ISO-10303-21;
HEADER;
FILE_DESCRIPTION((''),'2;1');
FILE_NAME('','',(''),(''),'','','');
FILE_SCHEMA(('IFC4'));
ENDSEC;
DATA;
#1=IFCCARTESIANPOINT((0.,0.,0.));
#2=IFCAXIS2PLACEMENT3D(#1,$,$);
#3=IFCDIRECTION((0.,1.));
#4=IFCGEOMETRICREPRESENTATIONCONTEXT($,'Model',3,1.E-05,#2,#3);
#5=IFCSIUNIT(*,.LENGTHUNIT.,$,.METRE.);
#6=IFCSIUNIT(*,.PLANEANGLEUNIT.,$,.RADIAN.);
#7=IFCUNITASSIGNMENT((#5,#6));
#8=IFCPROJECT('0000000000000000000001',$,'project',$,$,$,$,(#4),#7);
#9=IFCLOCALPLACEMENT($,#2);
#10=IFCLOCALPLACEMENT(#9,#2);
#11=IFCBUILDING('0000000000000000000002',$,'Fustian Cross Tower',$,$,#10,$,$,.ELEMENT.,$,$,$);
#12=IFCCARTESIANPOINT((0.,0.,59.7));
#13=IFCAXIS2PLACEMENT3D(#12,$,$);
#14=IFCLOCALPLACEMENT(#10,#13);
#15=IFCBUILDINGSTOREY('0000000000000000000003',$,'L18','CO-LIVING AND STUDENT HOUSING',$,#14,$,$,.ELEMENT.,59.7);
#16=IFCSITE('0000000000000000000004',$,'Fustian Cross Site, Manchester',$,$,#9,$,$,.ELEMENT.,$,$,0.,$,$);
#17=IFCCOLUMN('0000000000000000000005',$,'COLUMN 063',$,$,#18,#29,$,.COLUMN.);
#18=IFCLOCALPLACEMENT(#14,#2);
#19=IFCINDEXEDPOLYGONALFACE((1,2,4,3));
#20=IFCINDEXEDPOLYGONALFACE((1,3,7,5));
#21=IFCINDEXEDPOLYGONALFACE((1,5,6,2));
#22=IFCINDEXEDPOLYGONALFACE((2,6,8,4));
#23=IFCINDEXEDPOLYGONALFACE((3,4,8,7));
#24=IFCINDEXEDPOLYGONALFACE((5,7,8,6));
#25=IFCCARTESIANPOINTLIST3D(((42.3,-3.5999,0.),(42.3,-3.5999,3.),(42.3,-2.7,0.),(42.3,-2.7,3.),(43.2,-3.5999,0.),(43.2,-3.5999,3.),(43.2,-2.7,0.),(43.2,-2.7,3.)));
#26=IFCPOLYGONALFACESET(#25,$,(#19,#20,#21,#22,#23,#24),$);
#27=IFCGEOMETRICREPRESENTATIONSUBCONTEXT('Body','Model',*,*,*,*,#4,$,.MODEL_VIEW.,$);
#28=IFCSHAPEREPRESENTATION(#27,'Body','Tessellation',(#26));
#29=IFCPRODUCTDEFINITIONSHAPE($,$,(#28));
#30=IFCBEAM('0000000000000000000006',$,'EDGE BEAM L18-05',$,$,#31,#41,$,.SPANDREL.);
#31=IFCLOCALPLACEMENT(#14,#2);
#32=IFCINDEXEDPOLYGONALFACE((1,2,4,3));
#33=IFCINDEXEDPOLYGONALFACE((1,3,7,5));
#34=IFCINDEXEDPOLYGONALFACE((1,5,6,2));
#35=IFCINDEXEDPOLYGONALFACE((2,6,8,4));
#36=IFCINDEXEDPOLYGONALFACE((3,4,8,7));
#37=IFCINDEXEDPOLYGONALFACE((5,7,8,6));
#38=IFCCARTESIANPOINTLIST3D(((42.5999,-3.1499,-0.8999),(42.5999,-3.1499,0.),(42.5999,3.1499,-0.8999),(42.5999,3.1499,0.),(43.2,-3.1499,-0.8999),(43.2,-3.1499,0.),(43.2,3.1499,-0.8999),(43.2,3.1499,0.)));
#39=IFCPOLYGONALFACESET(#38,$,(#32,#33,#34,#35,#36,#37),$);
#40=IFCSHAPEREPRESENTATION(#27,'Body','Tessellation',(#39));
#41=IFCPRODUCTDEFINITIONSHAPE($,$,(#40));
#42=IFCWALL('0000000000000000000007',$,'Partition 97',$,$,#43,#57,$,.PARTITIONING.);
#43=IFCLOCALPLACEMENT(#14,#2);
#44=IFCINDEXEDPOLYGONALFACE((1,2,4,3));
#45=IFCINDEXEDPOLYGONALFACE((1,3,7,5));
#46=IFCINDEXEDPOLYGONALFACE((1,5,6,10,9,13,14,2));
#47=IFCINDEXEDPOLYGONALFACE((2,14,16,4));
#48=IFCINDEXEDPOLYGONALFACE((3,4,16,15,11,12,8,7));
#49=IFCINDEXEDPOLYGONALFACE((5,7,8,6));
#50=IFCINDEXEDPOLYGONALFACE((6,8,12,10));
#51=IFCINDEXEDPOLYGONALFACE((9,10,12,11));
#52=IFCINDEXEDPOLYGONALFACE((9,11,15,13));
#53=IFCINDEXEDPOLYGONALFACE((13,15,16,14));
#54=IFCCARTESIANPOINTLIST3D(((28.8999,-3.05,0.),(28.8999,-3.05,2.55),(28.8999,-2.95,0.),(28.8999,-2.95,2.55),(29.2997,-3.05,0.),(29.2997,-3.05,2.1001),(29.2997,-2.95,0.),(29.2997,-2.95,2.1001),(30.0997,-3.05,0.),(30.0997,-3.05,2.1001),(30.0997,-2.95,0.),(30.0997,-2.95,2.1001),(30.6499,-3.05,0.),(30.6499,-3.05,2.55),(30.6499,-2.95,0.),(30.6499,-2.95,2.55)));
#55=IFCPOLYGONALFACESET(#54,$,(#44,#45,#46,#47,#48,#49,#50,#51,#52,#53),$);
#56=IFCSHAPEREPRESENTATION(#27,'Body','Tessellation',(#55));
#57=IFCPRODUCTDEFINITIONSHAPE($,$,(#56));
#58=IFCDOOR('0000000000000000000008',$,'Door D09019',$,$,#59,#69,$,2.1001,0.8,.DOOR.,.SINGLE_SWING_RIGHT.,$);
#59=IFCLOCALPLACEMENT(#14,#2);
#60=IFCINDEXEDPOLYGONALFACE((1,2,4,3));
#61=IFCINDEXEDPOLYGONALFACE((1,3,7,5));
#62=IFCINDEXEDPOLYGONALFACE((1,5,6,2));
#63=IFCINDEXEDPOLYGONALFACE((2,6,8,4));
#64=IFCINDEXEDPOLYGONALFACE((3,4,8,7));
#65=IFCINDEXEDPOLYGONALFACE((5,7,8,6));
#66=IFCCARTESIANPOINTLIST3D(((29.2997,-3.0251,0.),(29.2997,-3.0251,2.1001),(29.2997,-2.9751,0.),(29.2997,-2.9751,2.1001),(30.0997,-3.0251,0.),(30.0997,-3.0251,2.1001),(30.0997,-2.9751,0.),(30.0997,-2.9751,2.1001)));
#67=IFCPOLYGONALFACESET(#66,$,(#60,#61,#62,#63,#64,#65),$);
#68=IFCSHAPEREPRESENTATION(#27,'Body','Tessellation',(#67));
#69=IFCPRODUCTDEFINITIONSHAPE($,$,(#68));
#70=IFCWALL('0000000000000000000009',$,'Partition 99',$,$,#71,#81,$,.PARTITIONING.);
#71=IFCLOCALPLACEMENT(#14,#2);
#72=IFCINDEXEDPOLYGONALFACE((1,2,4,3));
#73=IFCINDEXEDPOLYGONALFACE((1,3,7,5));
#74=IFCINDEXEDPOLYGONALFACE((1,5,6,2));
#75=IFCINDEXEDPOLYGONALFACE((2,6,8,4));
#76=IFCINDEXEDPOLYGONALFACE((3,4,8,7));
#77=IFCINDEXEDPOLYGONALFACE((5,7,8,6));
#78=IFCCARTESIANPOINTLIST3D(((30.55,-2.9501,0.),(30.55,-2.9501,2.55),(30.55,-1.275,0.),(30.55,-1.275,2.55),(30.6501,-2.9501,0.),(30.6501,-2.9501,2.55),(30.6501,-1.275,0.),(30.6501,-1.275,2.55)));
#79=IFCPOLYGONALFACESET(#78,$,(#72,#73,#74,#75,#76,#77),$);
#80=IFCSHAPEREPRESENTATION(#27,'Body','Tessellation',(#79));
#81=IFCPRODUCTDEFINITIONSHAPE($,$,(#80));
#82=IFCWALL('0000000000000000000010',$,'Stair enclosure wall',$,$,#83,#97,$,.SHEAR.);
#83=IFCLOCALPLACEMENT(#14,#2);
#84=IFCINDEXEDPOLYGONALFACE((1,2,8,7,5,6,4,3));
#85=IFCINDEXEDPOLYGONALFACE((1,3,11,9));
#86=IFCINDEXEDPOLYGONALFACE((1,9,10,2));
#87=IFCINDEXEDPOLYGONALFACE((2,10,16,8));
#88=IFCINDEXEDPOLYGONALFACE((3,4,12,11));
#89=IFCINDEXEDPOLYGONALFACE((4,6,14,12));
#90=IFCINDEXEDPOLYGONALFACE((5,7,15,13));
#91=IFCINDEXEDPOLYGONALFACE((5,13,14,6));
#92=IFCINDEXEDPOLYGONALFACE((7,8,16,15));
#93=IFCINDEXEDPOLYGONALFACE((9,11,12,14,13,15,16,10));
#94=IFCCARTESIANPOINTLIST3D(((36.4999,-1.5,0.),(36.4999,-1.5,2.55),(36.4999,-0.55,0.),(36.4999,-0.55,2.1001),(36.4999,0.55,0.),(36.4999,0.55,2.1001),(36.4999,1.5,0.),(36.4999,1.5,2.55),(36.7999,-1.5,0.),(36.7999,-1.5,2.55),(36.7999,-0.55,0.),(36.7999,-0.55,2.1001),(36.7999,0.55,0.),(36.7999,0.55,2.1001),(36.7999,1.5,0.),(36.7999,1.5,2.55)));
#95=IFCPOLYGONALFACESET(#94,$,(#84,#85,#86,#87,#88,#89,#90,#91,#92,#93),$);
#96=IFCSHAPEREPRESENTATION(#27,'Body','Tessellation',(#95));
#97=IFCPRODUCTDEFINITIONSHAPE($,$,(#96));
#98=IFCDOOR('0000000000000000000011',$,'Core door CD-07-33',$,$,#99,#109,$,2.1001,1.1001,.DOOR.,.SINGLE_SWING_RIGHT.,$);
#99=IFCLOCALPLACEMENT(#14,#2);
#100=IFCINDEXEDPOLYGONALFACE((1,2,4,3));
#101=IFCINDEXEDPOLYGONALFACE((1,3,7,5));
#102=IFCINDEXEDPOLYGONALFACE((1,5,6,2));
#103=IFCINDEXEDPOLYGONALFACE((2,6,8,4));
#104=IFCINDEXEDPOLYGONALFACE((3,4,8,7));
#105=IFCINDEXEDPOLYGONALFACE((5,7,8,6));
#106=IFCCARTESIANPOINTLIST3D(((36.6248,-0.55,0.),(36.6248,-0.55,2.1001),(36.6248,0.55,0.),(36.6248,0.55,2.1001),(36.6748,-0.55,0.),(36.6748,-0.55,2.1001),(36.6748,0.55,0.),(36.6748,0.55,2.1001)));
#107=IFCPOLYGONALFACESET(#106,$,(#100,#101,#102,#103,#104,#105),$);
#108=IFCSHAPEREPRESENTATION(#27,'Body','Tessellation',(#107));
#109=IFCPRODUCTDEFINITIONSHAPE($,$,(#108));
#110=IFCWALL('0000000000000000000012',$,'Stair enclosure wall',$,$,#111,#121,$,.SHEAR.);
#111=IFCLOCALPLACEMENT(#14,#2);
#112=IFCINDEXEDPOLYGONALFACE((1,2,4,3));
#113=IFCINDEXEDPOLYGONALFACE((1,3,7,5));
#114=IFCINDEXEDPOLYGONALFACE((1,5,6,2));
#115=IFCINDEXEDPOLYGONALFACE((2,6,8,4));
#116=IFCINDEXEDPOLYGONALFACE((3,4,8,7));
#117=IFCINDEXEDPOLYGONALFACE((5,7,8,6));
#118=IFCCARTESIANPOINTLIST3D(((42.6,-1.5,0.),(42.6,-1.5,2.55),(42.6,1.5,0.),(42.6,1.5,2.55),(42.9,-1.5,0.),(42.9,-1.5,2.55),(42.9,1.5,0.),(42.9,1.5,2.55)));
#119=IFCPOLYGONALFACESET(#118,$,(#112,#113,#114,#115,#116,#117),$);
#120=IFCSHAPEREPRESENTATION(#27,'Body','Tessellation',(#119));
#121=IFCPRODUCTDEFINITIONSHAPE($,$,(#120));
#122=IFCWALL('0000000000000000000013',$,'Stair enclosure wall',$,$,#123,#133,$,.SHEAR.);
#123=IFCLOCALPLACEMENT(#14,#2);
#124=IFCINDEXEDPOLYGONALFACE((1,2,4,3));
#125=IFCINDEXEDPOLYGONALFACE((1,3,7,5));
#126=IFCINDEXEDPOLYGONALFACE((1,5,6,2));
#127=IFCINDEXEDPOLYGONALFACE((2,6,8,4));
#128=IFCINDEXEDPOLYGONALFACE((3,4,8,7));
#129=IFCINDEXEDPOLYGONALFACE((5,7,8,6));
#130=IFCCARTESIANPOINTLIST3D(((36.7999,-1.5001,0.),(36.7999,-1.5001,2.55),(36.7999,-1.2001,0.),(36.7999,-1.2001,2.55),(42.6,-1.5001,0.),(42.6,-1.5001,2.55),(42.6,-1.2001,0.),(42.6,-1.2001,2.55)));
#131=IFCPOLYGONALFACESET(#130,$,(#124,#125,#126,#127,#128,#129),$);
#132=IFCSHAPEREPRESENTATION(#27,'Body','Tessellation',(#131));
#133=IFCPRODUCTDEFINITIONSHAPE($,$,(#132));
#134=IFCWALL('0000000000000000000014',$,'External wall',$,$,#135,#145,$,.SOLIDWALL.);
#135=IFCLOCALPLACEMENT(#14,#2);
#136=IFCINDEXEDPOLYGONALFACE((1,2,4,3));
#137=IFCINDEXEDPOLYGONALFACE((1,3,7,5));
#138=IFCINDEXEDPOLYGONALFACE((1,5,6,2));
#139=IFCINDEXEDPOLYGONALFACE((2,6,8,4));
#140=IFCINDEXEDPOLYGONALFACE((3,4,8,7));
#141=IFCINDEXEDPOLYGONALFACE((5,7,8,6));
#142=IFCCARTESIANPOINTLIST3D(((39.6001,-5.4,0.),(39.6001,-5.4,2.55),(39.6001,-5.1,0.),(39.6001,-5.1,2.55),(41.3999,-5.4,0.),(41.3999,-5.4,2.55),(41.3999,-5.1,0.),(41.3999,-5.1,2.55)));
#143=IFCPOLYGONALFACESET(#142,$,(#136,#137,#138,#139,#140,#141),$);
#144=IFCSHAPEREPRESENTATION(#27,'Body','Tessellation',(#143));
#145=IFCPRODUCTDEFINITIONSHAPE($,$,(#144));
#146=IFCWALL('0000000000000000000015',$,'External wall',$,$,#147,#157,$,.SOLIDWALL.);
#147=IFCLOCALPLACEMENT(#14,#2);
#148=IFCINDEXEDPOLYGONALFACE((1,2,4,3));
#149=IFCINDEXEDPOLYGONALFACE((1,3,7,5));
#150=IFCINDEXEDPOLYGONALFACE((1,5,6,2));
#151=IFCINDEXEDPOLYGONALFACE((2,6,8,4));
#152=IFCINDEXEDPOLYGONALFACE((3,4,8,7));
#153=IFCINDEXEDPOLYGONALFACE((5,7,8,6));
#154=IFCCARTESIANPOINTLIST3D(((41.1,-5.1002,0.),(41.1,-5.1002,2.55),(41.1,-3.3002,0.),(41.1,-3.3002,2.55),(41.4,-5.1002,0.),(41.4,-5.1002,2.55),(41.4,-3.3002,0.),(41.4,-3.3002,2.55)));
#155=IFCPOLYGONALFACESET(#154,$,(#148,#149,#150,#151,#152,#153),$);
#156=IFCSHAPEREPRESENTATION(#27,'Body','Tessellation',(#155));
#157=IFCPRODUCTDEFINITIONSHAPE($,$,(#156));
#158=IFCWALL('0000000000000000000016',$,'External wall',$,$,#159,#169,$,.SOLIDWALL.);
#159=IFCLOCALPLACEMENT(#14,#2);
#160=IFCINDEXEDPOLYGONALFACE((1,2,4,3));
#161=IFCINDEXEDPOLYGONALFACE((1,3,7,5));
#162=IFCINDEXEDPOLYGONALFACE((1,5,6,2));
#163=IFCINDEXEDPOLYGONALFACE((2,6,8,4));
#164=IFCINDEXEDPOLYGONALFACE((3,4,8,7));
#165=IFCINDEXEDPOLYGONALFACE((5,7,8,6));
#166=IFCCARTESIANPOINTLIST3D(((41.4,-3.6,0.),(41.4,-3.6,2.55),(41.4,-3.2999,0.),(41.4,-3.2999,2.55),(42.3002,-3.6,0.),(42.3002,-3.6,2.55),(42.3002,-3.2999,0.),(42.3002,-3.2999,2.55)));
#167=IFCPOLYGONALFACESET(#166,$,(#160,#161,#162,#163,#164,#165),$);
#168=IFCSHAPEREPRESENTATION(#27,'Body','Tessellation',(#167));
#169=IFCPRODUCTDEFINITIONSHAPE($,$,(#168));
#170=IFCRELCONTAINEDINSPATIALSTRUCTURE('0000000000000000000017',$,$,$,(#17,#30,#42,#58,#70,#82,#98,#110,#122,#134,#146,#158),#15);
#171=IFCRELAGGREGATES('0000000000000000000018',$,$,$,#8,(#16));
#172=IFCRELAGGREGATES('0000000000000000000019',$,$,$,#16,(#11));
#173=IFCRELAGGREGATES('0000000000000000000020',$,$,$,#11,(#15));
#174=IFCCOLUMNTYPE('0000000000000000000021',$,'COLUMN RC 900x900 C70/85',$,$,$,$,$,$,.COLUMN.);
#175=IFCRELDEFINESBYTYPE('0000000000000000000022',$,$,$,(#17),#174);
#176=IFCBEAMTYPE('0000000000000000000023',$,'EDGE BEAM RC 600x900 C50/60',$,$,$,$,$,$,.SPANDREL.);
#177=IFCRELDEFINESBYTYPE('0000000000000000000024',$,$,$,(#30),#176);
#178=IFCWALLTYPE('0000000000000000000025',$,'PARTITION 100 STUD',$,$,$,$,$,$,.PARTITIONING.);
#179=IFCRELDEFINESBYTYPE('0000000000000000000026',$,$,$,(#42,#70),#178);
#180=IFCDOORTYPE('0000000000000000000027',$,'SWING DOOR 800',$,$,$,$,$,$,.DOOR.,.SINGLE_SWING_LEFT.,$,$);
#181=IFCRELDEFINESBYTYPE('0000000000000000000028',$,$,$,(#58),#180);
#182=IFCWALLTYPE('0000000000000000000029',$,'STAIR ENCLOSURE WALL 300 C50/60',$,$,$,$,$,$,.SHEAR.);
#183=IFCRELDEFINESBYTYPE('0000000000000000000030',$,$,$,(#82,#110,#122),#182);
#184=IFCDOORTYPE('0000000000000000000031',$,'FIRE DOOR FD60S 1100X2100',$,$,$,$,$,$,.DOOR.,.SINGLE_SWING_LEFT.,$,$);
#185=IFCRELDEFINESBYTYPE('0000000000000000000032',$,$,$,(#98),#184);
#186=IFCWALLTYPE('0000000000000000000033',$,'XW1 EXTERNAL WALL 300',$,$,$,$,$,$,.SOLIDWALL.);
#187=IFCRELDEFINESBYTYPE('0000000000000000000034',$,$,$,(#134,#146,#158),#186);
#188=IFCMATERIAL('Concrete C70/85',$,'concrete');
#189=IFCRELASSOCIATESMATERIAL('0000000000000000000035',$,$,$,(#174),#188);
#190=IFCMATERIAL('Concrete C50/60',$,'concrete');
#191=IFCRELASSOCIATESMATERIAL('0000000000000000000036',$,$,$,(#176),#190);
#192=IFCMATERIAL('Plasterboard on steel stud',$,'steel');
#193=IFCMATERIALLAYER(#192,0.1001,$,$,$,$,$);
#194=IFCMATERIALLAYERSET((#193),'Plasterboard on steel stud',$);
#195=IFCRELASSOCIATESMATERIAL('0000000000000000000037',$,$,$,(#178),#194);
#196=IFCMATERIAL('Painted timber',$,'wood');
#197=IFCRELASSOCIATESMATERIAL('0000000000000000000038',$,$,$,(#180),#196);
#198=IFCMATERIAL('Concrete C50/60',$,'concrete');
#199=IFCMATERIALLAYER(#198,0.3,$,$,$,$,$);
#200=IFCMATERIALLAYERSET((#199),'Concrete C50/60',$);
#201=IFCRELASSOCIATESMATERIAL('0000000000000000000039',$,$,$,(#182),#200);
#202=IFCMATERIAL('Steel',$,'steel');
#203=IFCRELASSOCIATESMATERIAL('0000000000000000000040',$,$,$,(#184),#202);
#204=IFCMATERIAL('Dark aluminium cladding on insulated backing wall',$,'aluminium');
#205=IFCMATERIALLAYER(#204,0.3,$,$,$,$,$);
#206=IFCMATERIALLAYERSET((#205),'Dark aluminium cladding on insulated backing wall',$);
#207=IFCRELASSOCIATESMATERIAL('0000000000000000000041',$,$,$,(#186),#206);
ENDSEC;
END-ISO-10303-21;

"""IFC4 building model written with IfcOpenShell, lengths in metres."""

from ifc_helpers import new_model, si_unit, direction, frame, frame_2d, origin, origin_2d, place, context, subcontext, project, spatial, rectangle, extrude, material, layer, layer_set, material_profile, profile_set, type_object, element, fill, save


model = new_model("IFC4")

# Units and contexts
model_context = context("Model", 3, precision=1e-05, world=origin(), true_north=direction((0.0, 1.0)))
body_context = subcontext(model_context, "Body", "Model", "MODEL_VIEW")
ifc_project = project(units=[si_unit("LENGTHUNIT", "METRE"), si_unit("PLANEANGLEUNIT", "RADIAN")], contexts=[model_context])

# Site, building, storey
site_placement = place(None, origin())
site = spatial("IfcSite", under=ifc_project, at=site_placement, Name="Fustian Cross Site, Manchester", CompositionType="ELEMENT", RefElevation=0.0)
building_placement = place(site_placement, origin())
building = spatial("IfcBuilding", under=site, at=building_placement, Name="Fustian Cross Tower", CompositionType="ELEMENT")
storey_placement = place(building_placement, frame((0.0, 0.0, 59.7)))
storey = spatial("IfcBuildingStorey", under=building, at=storey_placement, Name="L18", Description="CO-LIVING AND STUDENT HOUSING", CompositionType="ELEMENT", Elevation=59.7)

# Column
ifc_material_1 = material(Name="Concrete C70/85", Category="concrete")
ifc_material_profile_1 = material_profile(ifc_material_1, rectangle(XDim=0.8999, YDim=0.8999, at=origin_2d()), Name="RC 900x900")
ifc_profile_set_1 = profile_set([ifc_material_profile_1], Name="Concrete C70/85")
column_type = type_object("IfcColumnType", Name="COLUMN RC 900x900 C70/85", PredefinedType="COLUMN", material=ifc_profile_set_1)
column_placement = place(storey_placement, frame((42.75, -3.1499, 0.0), z_axis=(0.0, 0.0, 1.0), x_axis=(1.0, 0.0, 0.0)))
element("IfcColumn", 1, at=column_placement, inside=storey, type_object=column_type, Name="COLUMN 063", PredefinedType="COLUMN", context=body_context, shape_type="SweptSolid", body=[
    extrude(rectangle(XDim=0.8999, YDim=0.8999, at=origin_2d()), origin(), (0.0, 0.0, 1.0), 3.0),
])

# Beam
ifc_material_2 = material(Name="Concrete C50/60", Category="concrete")
ifc_material_profile_2 = material_profile(ifc_material_2, rectangle(XDim=0.6001, YDim=0.8999, at=origin_2d()), Name="RC 600x900")
ifc_profile_set_2 = profile_set([ifc_material_profile_2], Name="Concrete C50/60")
beam_type = type_object("IfcBeamType", Name="EDGE BEAM RC 600x900 C50/60", PredefinedType="SPANDREL", material=ifc_profile_set_2)
beam_placement = place(storey_placement, frame((42.8999, -3.1499, -0.45), z_axis=(0.0, 1.0, 0.0), x_axis=(-1.0, 0.0, 0.0)))
element("IfcBeam", 2, at=beam_placement, inside=storey, type_object=beam_type, Name="EDGE BEAM L18-05", PredefinedType="SPANDREL", context=body_context, shape_type="SweptSolid", body=[
    extrude(rectangle(XDim=0.6001, YDim=0.8999, at=origin_2d()), origin(), (0.0, 0.0, 1.0), 6.2998),
])

# Wall, opening, door
ifc_material_3 = material(Name="Plasterboard on steel stud", Category="steel")
ifc_layer_1 = layer(ifc_material_3, 0.1001)
ifc_layer_set_1 = layer_set([ifc_layer_1], Name="Plasterboard on steel stud")
wall_type_1 = type_object("IfcWallType", Name="PARTITION 100 STUD", PredefinedType="PARTITIONING", material=ifc_layer_set_1)
wall_1_placement = place(storey_placement, frame((28.8999, -3.0, 0.0), z_axis=(0.0, 0.0, 1.0), x_axis=(1.0, 0.0, 0.0)))
wall_1 = element("IfcWall", 3, at=wall_1_placement, inside=storey, type_object=wall_type_1, Name="Partition 97", PredefinedType="PARTITIONING", context=body_context, shape_type="SweptSolid", body=[
    extrude(rectangle(XDim=1.75, YDim=0.1001, at=frame_2d((0.875, 0.0))), origin(), (0.0, 0.0, 1.0), 2.55),
])
opening_1_placement = place(wall_1_placement, frame((0.3999, 0.0, 0.0)))
opening_1 = element("IfcOpeningElement", 4, at=opening_1_placement, cuts=wall_1, PredefinedType="OPENING", context=body_context, shape_type="SweptSolid", body=[
    extrude(rectangle(XDim=0.8, YDim=2.1001, at=frame_2d((0.3999, 1.05))), frame((0.0, 0.0601, 0.0), z_axis=(0.0, -1.0, 0.0), x_axis=(1.0, 0.0, 0.0)), (0.0, 0.0, 1.0), 0.1201),
])
ifc_material_4 = material(Name="Painted timber", Category="wood")
door_type_1 = type_object("IfcDoorType", Name="SWING DOOR 800", OperationType="SINGLE_SWING_LEFT", PredefinedType="DOOR", material=ifc_material_4)
door_1_placement = place(opening_1_placement, origin())
door_1 = element("IfcDoor", 5, at=door_1_placement, inside=storey, type_object=door_type_1, Name="Door D09019", OperationType="SINGLE_SWING_RIGHT", OverallHeight=2.1001, OverallWidth=0.8, PredefinedType="DOOR", context=body_context, shape_type="SweptSolid", body=[
    extrude(rectangle(XDim=0.8, YDim=2.1001, at=frame_2d((0.3999, 1.05))), frame((0.0, 0.0249, 0.0), z_axis=(0.0, -1.0, 0.0), x_axis=(1.0, 0.0, 0.0)), (0.0, 0.0, 1.0), 0.05),
])
fill(opening_1, door_1)

# Wall
wall_2_placement = place(storey_placement, frame((30.6001, -2.95, 0.0), z_axis=(0.0, 0.0, 1.0), x_axis=(0.0, 1.0, 0.0)))
element("IfcWall", 6, at=wall_2_placement, inside=storey, type_object=wall_type_1, Name="Partition 99", PredefinedType="PARTITIONING", context=body_context, shape_type="SweptSolid", body=[
    extrude(rectangle(XDim=1.675, YDim=0.1001, at=frame_2d((0.8374, 0.0))), origin(), (0.0, 0.0, 1.0), 2.55),
])

# Wall, opening, door
ifc_material_5 = material(Name="Concrete C50/60", Category="concrete")
ifc_layer_2 = layer(ifc_material_5, 0.3)
ifc_layer_set_2 = layer_set([ifc_layer_2], Name="Concrete C50/60")
wall_type_2 = type_object("IfcWallType", Name="STAIR ENCLOSURE WALL 300 C50/60", PredefinedType="SHEAR", material=ifc_layer_set_2)
wall_3_placement = place(storey_placement, frame((36.6499, -1.5, 0.0), z_axis=(0.0, 0.0, 1.0), x_axis=(0.0, 1.0, 0.0)))
wall_3 = element("IfcWall", 7, at=wall_3_placement, inside=storey, type_object=wall_type_2, Name="Stair enclosure wall", PredefinedType="SHEAR", context=body_context, shape_type="SweptSolid", body=[
    extrude(rectangle(XDim=3.0, YDim=0.3, at=frame_2d((1.5, 0.0))), origin(), (0.0, 0.0, 1.0), 2.55),
])
opening_2_placement = place(wall_3_placement, frame((0.95, 0.0, 0.0)))
opening_2 = element("IfcOpeningElement", 8, at=opening_2_placement, cuts=wall_3, PredefinedType="OPENING", context=body_context, shape_type="SweptSolid", body=[
    extrude(rectangle(XDim=1.1001, YDim=2.1001, at=frame_2d((0.55, 1.05))), frame((0.0, 0.1599, 0.0), z_axis=(0.0, -1.0, 0.0), x_axis=(1.0, 0.0, 0.0)), (0.0, 0.0, 1.0), 0.3201),
])
ifc_material_6 = material(Name="Steel", Category="steel")
door_type_2 = type_object("IfcDoorType", Name="FIRE DOOR FD60S 1100X2100", OperationType="SINGLE_SWING_LEFT", PredefinedType="DOOR", material=ifc_material_6)
door_2_placement = place(opening_2_placement, frame((1.1001, 0.0, 0.0), z_axis=(0.0, 0.0, 1.0), x_axis=(-1.0, 0.0, 0.0)))
door_2 = element("IfcDoor", 9, at=door_2_placement, inside=storey, type_object=door_type_2, Name="Core door CD-07-33", OperationType="SINGLE_SWING_RIGHT", OverallHeight=2.1001, OverallWidth=1.1001, PredefinedType="DOOR", context=body_context, shape_type="SweptSolid", body=[
    extrude(rectangle(XDim=1.1001, YDim=2.1001, at=frame_2d((0.55, 1.05))), frame((0.0, 0.0249, 0.0), z_axis=(0.0, -1.0, 0.0), x_axis=(1.0, 0.0, 0.0)), (0.0, 0.0, 1.0), 0.05),
])
fill(opening_2, door_2)

# Walls
wall_4_placement = place(storey_placement, frame((42.75, -1.5, 0.0), z_axis=(0.0, 0.0, 1.0), x_axis=(0.0, 1.0, 0.0)))
element("IfcWall", 10, at=wall_4_placement, inside=storey, type_object=wall_type_2, Name="Stair enclosure wall", PredefinedType="SHEAR", context=body_context, shape_type="SweptSolid", body=[
    extrude(rectangle(XDim=3.0, YDim=0.3, at=frame_2d((1.5, 0.0))), origin(), (0.0, 0.0, 1.0), 2.55),
])
wall_5_placement = place(storey_placement, frame((36.8, -1.3501, 0.0), z_axis=(0.0, 0.0, 1.0), x_axis=(1.0, 0.0, 0.0)))
element("IfcWall", 11, at=wall_5_placement, inside=storey, type_object=wall_type_2, Name="Stair enclosure wall", PredefinedType="SHEAR", context=body_context, shape_type="SweptSolid", body=[
    extrude(rectangle(XDim=5.8, YDim=0.3, at=frame_2d((2.8999, 0.0))), origin(), (0.0, 0.0, 1.0), 2.55),
])
ifc_material_7 = material(Name="Dark aluminium cladding on insulated backing wall", Category="aluminium")
ifc_layer_3 = layer(ifc_material_7, 0.3)
ifc_layer_set_3 = layer_set([ifc_layer_3], Name="Dark aluminium cladding on insulated backing wall")
wall_type_3 = type_object("IfcWallType", Name="XW1 EXTERNAL WALL 300", PredefinedType="SOLIDWALL", material=ifc_layer_set_3)
wall_6_placement = place(storey_placement, frame((39.6001, -5.25, 0.0), z_axis=(0.0, 0.0, 1.0), x_axis=(1.0, 0.0, 0.0)))
element("IfcWall", 12, at=wall_6_placement, inside=storey, type_object=wall_type_3, Name="External wall", PredefinedType="SOLIDWALL", context=body_context, shape_type="SweptSolid", body=[
    extrude(rectangle(XDim=1.7998, YDim=0.3, at=frame_2d((0.8999, 0.0))), origin(), (0.0, 0.0, 1.0), 2.55),
])
wall_7_placement = place(storey_placement, frame((41.25, -5.1001, 0.0), z_axis=(0.0, 0.0, 1.0), x_axis=(0.0, 1.0, 0.0)))
element("IfcWall", 13, at=wall_7_placement, inside=storey, type_object=wall_type_3, Name="External wall", PredefinedType="SOLIDWALL", context=body_context, shape_type="SweptSolid", body=[
    extrude(rectangle(XDim=1.8, YDim=0.3, at=frame_2d((0.8999, 0.0))), origin(), (0.0, 0.0, 1.0), 2.55),
])
wall_8_placement = place(storey_placement, frame((41.3999, -3.45, 0.0), z_axis=(0.0, 0.0, 1.0), x_axis=(1.0, 0.0, 0.0)))
element("IfcWall", 14, at=wall_8_placement, inside=storey, type_object=wall_type_3, Name="External wall", PredefinedType="SOLIDWALL", context=body_context, shape_type="SweptSolid", body=[
    extrude(rectangle(XDim=0.9001, YDim=0.3, at=frame_2d((0.4502, 0.0))), origin(), (0.0, 0.0, 1.0), 2.55),
])

save(model, "model.ifc")
